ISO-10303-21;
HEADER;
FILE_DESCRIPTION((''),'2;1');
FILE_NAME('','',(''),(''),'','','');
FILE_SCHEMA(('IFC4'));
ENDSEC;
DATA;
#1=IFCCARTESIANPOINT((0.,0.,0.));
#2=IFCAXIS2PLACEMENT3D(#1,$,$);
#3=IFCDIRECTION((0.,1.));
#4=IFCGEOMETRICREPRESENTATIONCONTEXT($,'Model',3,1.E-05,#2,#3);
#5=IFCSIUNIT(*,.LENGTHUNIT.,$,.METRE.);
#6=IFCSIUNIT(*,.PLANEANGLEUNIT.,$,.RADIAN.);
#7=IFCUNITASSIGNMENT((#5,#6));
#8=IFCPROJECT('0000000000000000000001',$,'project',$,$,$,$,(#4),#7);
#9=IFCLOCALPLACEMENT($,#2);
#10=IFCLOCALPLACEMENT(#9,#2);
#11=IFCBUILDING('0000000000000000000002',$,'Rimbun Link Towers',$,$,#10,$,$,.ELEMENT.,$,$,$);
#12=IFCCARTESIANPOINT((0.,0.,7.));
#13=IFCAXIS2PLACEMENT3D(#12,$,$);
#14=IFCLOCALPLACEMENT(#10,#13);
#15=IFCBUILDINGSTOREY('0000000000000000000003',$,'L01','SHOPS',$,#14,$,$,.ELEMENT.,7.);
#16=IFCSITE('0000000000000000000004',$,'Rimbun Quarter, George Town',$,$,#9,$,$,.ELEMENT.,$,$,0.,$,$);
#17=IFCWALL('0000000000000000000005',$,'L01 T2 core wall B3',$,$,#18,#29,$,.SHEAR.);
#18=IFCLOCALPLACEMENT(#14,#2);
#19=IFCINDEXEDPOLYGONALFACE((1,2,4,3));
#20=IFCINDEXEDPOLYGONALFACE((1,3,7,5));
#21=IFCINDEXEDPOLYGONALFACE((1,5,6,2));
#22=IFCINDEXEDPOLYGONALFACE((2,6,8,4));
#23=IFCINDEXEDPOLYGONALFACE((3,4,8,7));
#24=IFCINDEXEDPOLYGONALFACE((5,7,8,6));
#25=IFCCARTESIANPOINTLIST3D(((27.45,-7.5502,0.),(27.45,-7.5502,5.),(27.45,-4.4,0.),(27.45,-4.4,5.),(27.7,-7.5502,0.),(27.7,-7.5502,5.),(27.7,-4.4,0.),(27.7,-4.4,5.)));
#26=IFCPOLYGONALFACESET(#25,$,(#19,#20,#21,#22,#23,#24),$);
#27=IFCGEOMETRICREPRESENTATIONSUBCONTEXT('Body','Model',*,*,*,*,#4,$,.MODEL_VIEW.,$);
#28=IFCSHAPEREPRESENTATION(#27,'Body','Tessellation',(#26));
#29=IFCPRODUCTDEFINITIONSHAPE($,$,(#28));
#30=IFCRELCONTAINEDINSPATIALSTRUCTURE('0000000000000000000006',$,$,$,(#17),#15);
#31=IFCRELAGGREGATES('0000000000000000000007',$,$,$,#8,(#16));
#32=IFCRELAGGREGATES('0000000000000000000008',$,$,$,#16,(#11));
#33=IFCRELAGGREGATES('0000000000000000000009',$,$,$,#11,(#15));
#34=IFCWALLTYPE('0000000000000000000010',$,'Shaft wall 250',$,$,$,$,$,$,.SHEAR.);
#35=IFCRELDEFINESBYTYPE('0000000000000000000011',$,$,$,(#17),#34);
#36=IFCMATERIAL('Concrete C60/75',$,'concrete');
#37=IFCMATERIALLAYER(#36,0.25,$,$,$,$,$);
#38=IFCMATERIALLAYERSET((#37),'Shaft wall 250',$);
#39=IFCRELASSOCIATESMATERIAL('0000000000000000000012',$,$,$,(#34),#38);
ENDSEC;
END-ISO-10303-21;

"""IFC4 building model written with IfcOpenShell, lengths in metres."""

from ifc_helpers import new_model, si_unit, direction, frame, frame_2d, origin, place, context, subcontext, project, spatial, rectangle, extrude, material, layer, layer_set, type_object, element, save


model = new_model("IFC4")

# Units and contexts
model_context = context("Model", 3, precision=1e-05, world=origin(), true_north=direction((0.0, 1.0)))
body_context = subcontext(model_context, "Body", "Model", "MODEL_VIEW")
ifc_project = project(units=[si_unit("LENGTHUNIT", "METRE"), si_unit("PLANEANGLEUNIT", "RADIAN")], contexts=[model_context])

# Site, building, storey
site_placement = place(None, origin())
site = spatial("IfcSite", under=ifc_project, at=site_placement, Name="Rimbun Quarter, George Town", CompositionType="ELEMENT", RefElevation=0.0)
building_placement = place(site_placement, origin())
building = spatial("IfcBuilding", under=site, at=building_placement, Name="Rimbun Link Towers", CompositionType="ELEMENT")
storey_placement = place(building_placement, frame((0.0, 0.0, 7.0)))
storey = spatial("IfcBuildingStorey", under=building, at=storey_placement, Name="L01", Description="SHOPS", CompositionType="ELEMENT", Elevation=7.0)

# Shared definitions
ifc_material_1 = material(Name="Concrete C60/75", Category="concrete")
ifc_layer_1 = layer(ifc_material_1, 0.25)
ifc_layer_set_1 = layer_set([ifc_layer_1], Name="Shaft wall 250")
wall_type_1 = type_object("IfcWallType", Name="Shaft wall 250", PredefinedType="SHEAR", material=ifc_layer_set_1)

# Wall
wall_1_placement = place(storey_placement, frame((27.575, -4.3999, 0.0), z_axis=(0.0, 0.0, 1.0), x_axis=(0.0, -1.0, 0.0)))
element("IfcWall", 1, at=wall_1_placement, inside=storey, type_object=wall_type_1, Name="L01 T2 core wall B3", PredefinedType="SHEAR", context=body_context, shape_type="SweptSolid", body=[
    extrude(rectangle(XDim=3.1501, YDim=0.25, at=frame_2d((1.5752, 0.0))), origin(), (0.0, 0.0, 1.0), 5.0),
])

save(model, "model.ifc")
